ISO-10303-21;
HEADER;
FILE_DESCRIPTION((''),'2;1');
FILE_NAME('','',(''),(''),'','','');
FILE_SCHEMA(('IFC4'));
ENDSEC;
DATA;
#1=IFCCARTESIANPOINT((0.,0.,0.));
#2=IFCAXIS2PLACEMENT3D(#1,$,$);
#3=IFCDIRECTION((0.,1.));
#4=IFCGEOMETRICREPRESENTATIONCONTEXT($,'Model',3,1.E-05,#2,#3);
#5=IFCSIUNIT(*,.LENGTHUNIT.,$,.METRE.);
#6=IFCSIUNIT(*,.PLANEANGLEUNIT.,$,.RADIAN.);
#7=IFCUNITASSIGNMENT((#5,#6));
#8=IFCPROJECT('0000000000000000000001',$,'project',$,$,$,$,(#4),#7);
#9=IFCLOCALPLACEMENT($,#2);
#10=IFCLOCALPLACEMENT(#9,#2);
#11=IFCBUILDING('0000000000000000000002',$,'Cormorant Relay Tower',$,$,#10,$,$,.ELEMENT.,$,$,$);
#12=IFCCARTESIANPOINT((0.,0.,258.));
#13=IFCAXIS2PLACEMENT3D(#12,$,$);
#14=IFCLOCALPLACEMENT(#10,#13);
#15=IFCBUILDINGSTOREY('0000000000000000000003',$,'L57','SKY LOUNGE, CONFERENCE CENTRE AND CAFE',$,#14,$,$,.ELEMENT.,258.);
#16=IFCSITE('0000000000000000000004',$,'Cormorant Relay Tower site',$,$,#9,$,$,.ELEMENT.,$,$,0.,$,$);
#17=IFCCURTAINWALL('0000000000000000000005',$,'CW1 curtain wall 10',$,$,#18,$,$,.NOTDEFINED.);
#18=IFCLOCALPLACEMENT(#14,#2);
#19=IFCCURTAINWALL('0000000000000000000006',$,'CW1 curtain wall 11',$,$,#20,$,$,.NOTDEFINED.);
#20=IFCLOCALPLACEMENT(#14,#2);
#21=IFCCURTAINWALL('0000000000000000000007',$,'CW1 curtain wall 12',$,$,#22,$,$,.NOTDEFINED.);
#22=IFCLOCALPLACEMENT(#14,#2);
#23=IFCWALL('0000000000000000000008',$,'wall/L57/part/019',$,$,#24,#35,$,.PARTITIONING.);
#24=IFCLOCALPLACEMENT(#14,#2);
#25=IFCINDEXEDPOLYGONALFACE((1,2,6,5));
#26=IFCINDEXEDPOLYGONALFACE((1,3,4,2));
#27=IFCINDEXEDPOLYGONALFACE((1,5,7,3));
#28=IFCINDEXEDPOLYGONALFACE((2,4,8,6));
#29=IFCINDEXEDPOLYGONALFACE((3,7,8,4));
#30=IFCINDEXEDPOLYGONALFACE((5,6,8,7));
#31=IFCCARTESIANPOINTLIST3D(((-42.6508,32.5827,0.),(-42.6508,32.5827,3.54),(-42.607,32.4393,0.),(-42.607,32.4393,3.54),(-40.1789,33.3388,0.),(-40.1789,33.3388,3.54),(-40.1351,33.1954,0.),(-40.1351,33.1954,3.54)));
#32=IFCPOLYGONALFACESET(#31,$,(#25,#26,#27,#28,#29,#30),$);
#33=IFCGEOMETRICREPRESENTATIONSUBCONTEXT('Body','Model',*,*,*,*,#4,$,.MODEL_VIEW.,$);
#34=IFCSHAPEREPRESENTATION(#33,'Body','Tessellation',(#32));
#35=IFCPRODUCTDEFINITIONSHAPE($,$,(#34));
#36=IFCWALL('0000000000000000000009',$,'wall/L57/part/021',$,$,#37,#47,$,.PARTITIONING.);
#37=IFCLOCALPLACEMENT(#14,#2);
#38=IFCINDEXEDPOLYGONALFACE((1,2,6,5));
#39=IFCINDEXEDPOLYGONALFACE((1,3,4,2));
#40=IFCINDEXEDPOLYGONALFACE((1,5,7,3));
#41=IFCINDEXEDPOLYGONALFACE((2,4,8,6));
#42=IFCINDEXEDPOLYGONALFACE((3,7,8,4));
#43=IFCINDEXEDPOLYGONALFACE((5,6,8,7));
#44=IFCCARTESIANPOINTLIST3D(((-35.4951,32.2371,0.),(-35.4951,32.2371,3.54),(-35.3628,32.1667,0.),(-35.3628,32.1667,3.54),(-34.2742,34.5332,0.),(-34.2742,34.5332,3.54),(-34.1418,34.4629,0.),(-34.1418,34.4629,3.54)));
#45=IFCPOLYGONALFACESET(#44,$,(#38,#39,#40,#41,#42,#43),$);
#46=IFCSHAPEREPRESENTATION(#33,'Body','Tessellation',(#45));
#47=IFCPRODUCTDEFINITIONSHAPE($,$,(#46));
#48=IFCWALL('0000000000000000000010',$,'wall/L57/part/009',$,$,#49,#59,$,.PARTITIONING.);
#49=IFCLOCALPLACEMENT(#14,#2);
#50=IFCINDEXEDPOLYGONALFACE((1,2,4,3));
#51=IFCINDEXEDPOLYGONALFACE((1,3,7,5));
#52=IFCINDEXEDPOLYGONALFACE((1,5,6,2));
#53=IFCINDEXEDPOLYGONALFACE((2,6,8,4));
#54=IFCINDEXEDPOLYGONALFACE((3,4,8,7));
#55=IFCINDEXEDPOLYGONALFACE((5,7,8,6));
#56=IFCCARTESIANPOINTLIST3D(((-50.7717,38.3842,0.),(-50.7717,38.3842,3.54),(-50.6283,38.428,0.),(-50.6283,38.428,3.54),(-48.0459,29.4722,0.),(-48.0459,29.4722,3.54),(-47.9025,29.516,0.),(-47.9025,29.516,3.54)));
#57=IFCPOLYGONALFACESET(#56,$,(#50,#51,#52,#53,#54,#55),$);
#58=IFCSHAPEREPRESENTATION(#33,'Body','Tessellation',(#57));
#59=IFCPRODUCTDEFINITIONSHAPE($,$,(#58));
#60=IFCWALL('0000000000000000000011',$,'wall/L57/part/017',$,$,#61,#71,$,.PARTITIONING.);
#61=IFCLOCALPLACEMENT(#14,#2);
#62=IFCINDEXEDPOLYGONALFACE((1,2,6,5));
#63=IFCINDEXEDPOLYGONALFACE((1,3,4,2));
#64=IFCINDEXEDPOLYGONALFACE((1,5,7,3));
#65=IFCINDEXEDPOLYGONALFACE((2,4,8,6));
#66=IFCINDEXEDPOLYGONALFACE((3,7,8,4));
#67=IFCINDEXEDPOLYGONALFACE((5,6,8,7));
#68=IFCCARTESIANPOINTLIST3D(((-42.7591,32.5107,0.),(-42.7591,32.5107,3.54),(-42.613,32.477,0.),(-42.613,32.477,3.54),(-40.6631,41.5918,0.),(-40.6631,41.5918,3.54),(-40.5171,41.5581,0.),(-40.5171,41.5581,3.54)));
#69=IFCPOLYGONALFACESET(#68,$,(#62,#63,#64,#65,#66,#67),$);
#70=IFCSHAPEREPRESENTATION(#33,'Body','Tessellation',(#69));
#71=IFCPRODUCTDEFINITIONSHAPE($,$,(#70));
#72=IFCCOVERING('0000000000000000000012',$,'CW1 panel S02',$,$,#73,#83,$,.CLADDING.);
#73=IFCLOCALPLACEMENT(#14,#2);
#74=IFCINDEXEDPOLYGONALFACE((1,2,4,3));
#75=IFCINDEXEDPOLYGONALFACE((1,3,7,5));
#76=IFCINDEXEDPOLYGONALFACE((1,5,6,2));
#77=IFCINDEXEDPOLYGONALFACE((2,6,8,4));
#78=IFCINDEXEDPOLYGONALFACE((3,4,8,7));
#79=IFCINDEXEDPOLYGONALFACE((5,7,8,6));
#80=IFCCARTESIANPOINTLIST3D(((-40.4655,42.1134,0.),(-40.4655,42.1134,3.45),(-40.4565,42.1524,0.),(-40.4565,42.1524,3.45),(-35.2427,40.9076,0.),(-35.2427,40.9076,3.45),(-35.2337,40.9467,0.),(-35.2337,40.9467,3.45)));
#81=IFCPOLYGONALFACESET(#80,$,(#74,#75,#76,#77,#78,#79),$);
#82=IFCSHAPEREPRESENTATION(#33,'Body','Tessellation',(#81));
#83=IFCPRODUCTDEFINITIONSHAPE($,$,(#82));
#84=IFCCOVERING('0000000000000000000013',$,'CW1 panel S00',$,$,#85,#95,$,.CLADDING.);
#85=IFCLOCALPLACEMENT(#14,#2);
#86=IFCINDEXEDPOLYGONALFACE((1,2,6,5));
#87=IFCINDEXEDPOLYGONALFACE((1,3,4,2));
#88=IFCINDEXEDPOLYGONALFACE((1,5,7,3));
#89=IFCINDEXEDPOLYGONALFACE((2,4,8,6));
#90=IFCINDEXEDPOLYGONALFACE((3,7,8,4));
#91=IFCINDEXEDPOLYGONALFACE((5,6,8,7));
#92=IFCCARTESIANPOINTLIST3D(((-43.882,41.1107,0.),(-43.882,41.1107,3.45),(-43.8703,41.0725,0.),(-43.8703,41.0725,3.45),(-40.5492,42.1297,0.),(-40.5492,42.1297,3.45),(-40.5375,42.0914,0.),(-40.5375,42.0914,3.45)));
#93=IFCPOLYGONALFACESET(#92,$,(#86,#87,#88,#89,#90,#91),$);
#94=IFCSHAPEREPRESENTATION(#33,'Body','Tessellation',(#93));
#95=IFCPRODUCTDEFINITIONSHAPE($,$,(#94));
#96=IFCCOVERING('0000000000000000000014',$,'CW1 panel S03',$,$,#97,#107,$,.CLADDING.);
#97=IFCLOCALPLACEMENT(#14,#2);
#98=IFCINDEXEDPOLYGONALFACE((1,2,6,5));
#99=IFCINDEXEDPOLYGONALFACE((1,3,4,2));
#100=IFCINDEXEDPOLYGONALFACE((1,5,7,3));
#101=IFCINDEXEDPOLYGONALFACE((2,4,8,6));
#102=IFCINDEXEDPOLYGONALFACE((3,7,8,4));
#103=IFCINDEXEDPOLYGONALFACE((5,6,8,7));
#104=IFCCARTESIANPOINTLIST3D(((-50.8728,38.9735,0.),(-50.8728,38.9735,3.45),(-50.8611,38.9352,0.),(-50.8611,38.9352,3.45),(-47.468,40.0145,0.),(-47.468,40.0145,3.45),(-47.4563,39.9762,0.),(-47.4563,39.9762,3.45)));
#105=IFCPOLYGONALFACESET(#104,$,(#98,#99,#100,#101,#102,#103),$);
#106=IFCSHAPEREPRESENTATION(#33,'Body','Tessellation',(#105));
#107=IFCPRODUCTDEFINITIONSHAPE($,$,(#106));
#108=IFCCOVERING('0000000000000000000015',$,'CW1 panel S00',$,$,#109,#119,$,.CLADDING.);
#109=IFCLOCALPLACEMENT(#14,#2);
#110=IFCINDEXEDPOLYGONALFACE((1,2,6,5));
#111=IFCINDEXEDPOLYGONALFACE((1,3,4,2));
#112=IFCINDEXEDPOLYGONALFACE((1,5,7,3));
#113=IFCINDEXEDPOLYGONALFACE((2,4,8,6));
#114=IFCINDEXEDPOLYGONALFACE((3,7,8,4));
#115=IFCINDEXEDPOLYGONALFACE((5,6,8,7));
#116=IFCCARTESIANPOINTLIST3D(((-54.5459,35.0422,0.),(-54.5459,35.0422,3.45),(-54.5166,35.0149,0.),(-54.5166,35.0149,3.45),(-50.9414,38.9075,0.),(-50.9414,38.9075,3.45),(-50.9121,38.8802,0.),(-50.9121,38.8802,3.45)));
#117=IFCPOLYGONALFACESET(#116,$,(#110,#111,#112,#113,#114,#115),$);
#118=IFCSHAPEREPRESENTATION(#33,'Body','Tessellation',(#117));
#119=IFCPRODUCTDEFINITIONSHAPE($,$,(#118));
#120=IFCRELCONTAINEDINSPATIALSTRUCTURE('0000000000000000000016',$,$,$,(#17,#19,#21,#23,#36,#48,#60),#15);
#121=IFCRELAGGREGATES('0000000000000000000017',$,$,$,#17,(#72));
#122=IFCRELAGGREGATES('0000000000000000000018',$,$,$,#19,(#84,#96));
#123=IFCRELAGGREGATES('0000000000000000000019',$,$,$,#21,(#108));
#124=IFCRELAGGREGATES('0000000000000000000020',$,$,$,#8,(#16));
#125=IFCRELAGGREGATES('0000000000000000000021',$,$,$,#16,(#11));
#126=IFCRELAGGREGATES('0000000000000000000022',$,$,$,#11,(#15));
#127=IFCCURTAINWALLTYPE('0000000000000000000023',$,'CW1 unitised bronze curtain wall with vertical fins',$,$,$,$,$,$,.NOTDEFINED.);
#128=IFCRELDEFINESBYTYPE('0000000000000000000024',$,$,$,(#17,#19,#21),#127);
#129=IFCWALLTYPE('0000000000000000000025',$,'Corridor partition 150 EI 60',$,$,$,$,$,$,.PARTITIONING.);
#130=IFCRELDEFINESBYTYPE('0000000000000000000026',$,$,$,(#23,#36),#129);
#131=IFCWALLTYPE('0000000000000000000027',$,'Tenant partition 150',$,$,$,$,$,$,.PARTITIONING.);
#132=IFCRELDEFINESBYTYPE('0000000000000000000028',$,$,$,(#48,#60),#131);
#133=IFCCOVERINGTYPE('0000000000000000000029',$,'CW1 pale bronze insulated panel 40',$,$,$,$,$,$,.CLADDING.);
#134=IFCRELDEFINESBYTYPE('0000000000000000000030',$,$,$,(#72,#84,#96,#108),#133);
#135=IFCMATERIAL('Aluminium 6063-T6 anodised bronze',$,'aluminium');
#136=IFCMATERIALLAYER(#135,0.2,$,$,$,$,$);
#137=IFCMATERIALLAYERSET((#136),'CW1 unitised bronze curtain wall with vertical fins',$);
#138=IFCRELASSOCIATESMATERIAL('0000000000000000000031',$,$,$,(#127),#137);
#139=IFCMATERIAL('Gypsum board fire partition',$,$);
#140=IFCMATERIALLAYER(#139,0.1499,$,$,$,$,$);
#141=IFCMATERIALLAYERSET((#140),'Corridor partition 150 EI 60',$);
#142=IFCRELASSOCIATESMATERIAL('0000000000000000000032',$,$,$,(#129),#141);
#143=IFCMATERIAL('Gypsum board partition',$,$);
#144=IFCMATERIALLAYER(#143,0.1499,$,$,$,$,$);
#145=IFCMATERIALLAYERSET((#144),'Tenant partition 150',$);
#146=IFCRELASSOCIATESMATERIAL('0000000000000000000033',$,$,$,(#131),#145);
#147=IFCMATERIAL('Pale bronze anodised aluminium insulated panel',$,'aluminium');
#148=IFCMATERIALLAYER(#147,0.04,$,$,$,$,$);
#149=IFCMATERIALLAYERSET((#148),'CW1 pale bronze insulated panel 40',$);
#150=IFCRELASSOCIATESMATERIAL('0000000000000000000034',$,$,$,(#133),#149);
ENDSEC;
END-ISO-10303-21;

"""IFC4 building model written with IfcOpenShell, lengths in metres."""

from ifc_helpers import new_model, si_unit, direction, frame, frame_2d, origin, origin_2d, place, context, subcontext, project, spatial, rectangle, extrude, material, layer, layer_set, type_object, element, aggregate, save


model = new_model("IFC4")

# Units and contexts
model_context = context("Model", 3, precision=1e-05, world=origin(), true_north=direction((0.0, 1.0)))
body_context = subcontext(model_context, "Body", "Model", "MODEL_VIEW")
ifc_project = project(units=[si_unit("LENGTHUNIT", "METRE"), si_unit("PLANEANGLEUNIT", "RADIAN")], contexts=[model_context])

# Site, building, storey
site_placement = place(None, origin())
site = spatial("IfcSite", under=ifc_project, at=site_placement, Name="Cormorant Relay Tower site", CompositionType="ELEMENT", RefElevation=0.0)
building_placement = place(site_placement, origin())
building = spatial("IfcBuilding", under=site, at=building_placement, Name="Cormorant Relay Tower", CompositionType="ELEMENT")
storey_placement = place(building_placement, frame((0.0, 0.0, 258.0)))
storey = spatial("IfcBuildingStorey", under=building, at=storey_placement, Name="L57", Description="SKY LOUNGE, CONFERENCE CENTRE AND CAFE", CompositionType="ELEMENT", Elevation=258.0)

# Curtain wall
ifc_material_1 = material(Name="Aluminium 6063-T6 anodised bronze", Category="aluminium")
ifc_layer_1 = layer(ifc_material_1, 0.2)
ifc_layer_set_1 = layer_set([ifc_layer_1], Name="CW1 unitised bronze curtain wall with vertical fins")
curtain_wall_type = type_object("IfcCurtainWallType", Name="CW1 unitised bronze curtain wall with vertical fins", PredefinedType="NOTDEFINED", material=ifc_layer_set_1)
curtain_wall_1_placement = place(storey_placement, origin())
curtain_wall_1 = element("IfcCurtainWall", 1, at=curtain_wall_1_placement, inside=storey, type_object=curtain_wall_type, Name="CW1 curtain wall 10", PredefinedType="NOTDEFINED")

# Curtain walls
curtain_wall_2_placement = place(storey_placement, origin())
curtain_wall_2 = element("IfcCurtainWall", 2, at=curtain_wall_2_placement, inside=storey, type_object=curtain_wall_type, Name="CW1 curtain wall 11", PredefinedType="NOTDEFINED")
curtain_wall_3_placement = place(storey_placement, origin())
curtain_wall_3 = element("IfcCurtainWall", 3, at=curtain_wall_3_placement, inside=storey, type_object=curtain_wall_type, Name="CW1 curtain wall 12", PredefinedType="NOTDEFINED")

# Shared definitions
ifc_material_2 = material(Name="Gypsum board fire partition")
ifc_layer_2 = layer(ifc_material_2, 0.1499)
ifc_layer_set_2 = layer_set([ifc_layer_2], Name="Corridor partition 150 EI 60")
wall_type_1 = type_object("IfcWallType", Name="Corridor partition 150 EI 60", PredefinedType="PARTITIONING", material=ifc_layer_set_2)

# Walls
wall_1_placement = place(storey_placement, frame((-40.157, 33.2671, 0.0), z_axis=(0.0, 0.0, 1.0), x_axis=(-0.956266, -0.292499, 0.0)))
element("IfcWall", 4, at=wall_1_placement, inside=storey, type_object=wall_type_1, Name="wall/L57/part/019", PredefinedType="PARTITIONING", context=body_context, shape_type="SweptSolid", body=[
    extrude(rectangle(XDim=2.585, YDim=0.1499, at=frame_2d((1.2925, 0.0))), origin(), (0.0, 0.0, 1.0), 3.54),
])
wall_2_placement = place(storey_placement, frame((-35.429, 32.2019, 0.0), z_axis=(0.0, 0.0, 1.0), x_axis=(0.469492, 0.882937, 0.0)))
element("IfcWall", 5, at=wall_2_placement, inside=storey, type_object=wall_type_1, Name="wall/L57/part/021", PredefinedType="PARTITIONING", context=body_context, shape_type="SweptSolid", body=[
    extrude(rectangle(XDim=2.6006, YDim=0.1499, at=frame_2d((1.3003, 0.0))), origin(), (0.0, 0.0, 1.0), 3.54),
])
ifc_material_3 = material(Name="Gypsum board partition")
ifc_layer_3 = layer(ifc_material_3, 0.1499)
ifc_layer_set_3 = layer_set([ifc_layer_3], Name="Tenant partition 150")
wall_type_2 = type_object("IfcWallType", Name="Tenant partition 150", PredefinedType="PARTITIONING", material=ifc_layer_set_3)
wall_3_placement = place(storey_placement, frame((-50.7, 38.406, 0.0), z_axis=(0.0, 0.0, 1.0), x_axis=(0.292482, -0.956271, 0.0)))
element("IfcWall", 6, at=wall_3_placement, inside=storey, type_object=wall_type_2, Name="wall/L57/part/009", PredefinedType="PARTITIONING", context=body_context, shape_type="SweptSolid", body=[
    extrude(rectangle(XDim=9.3196, YDim=0.1499, at=frame_2d((4.6597, 0.0))), origin(), (0.0, 0.0, 1.0), 3.54),
])
wall_4_placement = place(storey_placement, frame((-40.5901, 41.575, 0.0), z_axis=(0.0, 0.0, 1.0), x_axis=(-0.224892, -0.974384, 0.0)))
element("IfcWall", 7, at=wall_4_placement, inside=storey, type_object=wall_type_2, Name="wall/L57/part/017", PredefinedType="PARTITIONING", context=body_context, shape_type="SweptSolid", body=[
    extrude(rectangle(XDim=9.3198, YDim=0.1499, at=frame_2d((4.6599, 0.0))), origin(), (0.0, 0.0, 1.0), 3.54),
])

# Coverings
ifc_material_4 = material(Name="Pale bronze anodised aluminium insulated panel", Category="aluminium")
ifc_layer_4 = layer(ifc_material_4, 0.04)
ifc_layer_set_4 = layer_set([ifc_layer_4], Name="CW1 pale bronze insulated panel 40")
covering_type = type_object("IfcCoveringType", Name="CW1 pale bronze insulated panel 40", PredefinedType="CLADDING", material=ifc_layer_set_4)
covering_1_placement = place(storey_placement, frame((-37.8496, 41.53, 0.0), z_axis=(0.0, 0.0, 1.0), x_axis=(-0.97437, 0.224951, 0.0)))
covering_1 = element("IfcCovering", 8, at=covering_1_placement, type_object=covering_type, Name="CW1 panel S02", PredefinedType="CLADDING", context=body_context, shape_type="SweptSolid", body=[
    extrude(rectangle(XDim=5.3601, YDim=0.04, at=origin_2d()), origin(), (0.0, 0.0, 1.0), 3.45),
])
aggregate(curtain_wall_1, [covering_1])
covering_2_placement = place(storey_placement, frame((-42.2097, 41.6011, 0.0), z_axis=(0.0, 0.0, 1.0), x_axis=(-0.956305, -0.292372, 0.0)))
covering_2 = element("IfcCovering", 9, at=covering_2_placement, type_object=covering_type, Name="CW1 panel S00", PredefinedType="CLADDING", context=body_context, shape_type="SweptSolid", body=[
    extrude(rectangle(XDim=3.4851, YDim=0.04, at=origin_2d()), origin(), (0.0, 0.0, 1.0), 3.45),
])
covering_3_placement = place(storey_placement, frame((-49.1646, 39.4749, 0.0), z_axis=(0.0, 0.0, 1.0), x_axis=(-0.956305, -0.292372, 0.0)))
covering_3 = element("IfcCovering", 10, at=covering_3_placement, type_object=covering_type, Name="CW1 panel S03", PredefinedType="CLADDING", context=body_context, shape_type="SweptSolid", body=[
    extrude(rectangle(XDim=3.5603, YDim=0.04, at=origin_2d()), origin(), (0.0, 0.0, 1.0), 3.45),
])
aggregate(curtain_wall_2, [covering_2, covering_3])
covering_4_placement = place(storey_placement, frame((-52.729, 36.9612, 0.0), z_axis=(0.0, 0.0, 1.0), x_axis=(-0.681998, -0.731354, 0.0)))
covering_4 = element("IfcCovering", 11, at=covering_4_placement, type_object=covering_type, Name="CW1 panel S00", PredefinedType="CLADDING", context=body_context, shape_type="SweptSolid", body=[
    extrude(rectangle(XDim=5.2852, YDim=0.04, at=origin_2d()), origin(), (0.0, 0.0, 1.0), 3.45),
])
aggregate(curtain_wall_3, [covering_4])

save(model, "model.ifc")
